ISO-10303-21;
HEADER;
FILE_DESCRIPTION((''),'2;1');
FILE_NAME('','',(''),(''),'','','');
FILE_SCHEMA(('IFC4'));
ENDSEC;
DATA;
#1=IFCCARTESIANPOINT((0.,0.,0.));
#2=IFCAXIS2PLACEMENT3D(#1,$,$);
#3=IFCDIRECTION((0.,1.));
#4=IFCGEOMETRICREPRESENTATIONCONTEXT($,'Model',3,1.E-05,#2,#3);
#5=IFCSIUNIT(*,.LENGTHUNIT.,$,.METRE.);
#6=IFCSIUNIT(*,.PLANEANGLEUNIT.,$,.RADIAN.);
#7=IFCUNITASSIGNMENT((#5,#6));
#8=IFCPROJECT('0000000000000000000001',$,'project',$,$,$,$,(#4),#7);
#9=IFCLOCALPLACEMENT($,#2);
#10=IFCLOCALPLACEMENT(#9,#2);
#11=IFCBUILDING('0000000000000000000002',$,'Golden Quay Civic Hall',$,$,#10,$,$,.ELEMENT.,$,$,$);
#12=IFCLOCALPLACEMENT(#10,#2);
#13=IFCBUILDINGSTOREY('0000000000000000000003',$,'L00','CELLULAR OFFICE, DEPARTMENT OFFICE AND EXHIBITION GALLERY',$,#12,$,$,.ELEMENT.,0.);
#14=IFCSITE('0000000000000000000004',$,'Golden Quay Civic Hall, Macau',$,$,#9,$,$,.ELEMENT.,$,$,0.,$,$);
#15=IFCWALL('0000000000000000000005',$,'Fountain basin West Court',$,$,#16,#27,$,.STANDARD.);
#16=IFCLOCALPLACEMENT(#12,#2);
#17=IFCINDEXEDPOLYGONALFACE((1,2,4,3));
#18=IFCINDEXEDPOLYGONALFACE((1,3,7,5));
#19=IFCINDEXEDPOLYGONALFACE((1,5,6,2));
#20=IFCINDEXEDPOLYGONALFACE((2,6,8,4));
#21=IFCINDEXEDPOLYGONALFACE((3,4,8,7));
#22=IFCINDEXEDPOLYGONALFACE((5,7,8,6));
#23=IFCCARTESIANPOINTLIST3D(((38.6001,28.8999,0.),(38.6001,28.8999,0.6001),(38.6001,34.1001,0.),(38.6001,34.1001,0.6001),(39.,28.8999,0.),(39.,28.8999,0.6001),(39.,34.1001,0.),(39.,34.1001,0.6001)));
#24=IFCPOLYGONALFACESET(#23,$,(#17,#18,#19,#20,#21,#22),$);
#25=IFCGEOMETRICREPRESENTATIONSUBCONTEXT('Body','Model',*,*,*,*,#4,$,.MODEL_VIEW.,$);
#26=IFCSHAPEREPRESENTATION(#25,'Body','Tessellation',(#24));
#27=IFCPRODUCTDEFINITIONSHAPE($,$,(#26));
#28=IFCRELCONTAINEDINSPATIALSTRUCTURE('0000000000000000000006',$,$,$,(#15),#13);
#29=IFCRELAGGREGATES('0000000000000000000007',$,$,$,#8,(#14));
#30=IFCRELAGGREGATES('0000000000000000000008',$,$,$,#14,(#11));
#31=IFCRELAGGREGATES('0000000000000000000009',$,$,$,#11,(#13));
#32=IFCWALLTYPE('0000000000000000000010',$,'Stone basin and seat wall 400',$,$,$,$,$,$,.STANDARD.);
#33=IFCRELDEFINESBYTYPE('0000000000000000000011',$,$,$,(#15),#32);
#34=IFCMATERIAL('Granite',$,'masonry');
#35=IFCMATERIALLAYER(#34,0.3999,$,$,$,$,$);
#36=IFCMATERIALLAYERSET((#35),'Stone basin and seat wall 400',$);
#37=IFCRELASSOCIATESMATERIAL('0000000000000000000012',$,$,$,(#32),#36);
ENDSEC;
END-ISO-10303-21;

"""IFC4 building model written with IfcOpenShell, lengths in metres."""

from ifc_helpers import new_model, si_unit, direction, frame, frame_2d, origin, place, context, subcontext, project, spatial, rectangle, extrude, material, layer, layer_set, type_object, element, save


model = new_model("IFC4")

# Units and contexts
model_context = context("Model", 3, precision=1e-05, world=origin(), true_north=direction((0.0, 1.0)))
body_context = subcontext(model_context, "Body", "Model", "MODEL_VIEW")
ifc_project = project(units=[si_unit("LENGTHUNIT", "METRE"), si_unit("PLANEANGLEUNIT", "RADIAN")], contexts=[model_context])

# Site, building, storey
site_placement = place(None, origin())
site = spatial("IfcSite", under=ifc_project, at=site_placement, Name="Golden Quay Civic Hall, Macau", CompositionType="ELEMENT", RefElevation=0.0)
building_placement = place(site_placement, origin())
building = spatial("IfcBuilding", under=site, at=building_placement, Name="Golden Quay Civic Hall", CompositionType="ELEMENT")
storey_placement = place(building_placement, origin())
storey = spatial("IfcBuildingStorey", under=building, at=storey_placement, Name="L00", Description="CELLULAR OFFICE, DEPARTMENT OFFICE AND EXHIBITION GALLERY", CompositionType="ELEMENT", Elevation=0.0)

# Wall
ifc_material_1 = material(Name="Granite", Category="masonry")
ifc_layer_1 = layer(ifc_material_1, 0.3999)
ifc_layer_set_1 = layer_set([ifc_layer_1], Name="Stone basin and seat wall 400")
wall_type = type_object("IfcWallType", Name="Stone basin and seat wall 400", PredefinedType="STANDARD", material=ifc_layer_set_1)
for number, where, z_axis, x_axis, name in (
    (1, (38.8, 28.8999, 0.0), (0.0, 0.0, 1.0), (0.0, 1.0, 0.0), "Fountain basin West Court"),
):
    element("IfcWall", number, at=place(storey_placement, frame(where, z_axis=z_axis, x_axis=x_axis)), inside=storey, type_object=wall_type, Name=name, PredefinedType="STANDARD", context=body_context, shape_type="SweptSolid", body=[
        extrude(rectangle(XDim=5.2002, YDim=0.3999, at=frame_2d((2.6001, 0.0))), origin(), (0.0, 0.0, 1.0), 0.6001),
    ])

save(model, "model.ifc")
